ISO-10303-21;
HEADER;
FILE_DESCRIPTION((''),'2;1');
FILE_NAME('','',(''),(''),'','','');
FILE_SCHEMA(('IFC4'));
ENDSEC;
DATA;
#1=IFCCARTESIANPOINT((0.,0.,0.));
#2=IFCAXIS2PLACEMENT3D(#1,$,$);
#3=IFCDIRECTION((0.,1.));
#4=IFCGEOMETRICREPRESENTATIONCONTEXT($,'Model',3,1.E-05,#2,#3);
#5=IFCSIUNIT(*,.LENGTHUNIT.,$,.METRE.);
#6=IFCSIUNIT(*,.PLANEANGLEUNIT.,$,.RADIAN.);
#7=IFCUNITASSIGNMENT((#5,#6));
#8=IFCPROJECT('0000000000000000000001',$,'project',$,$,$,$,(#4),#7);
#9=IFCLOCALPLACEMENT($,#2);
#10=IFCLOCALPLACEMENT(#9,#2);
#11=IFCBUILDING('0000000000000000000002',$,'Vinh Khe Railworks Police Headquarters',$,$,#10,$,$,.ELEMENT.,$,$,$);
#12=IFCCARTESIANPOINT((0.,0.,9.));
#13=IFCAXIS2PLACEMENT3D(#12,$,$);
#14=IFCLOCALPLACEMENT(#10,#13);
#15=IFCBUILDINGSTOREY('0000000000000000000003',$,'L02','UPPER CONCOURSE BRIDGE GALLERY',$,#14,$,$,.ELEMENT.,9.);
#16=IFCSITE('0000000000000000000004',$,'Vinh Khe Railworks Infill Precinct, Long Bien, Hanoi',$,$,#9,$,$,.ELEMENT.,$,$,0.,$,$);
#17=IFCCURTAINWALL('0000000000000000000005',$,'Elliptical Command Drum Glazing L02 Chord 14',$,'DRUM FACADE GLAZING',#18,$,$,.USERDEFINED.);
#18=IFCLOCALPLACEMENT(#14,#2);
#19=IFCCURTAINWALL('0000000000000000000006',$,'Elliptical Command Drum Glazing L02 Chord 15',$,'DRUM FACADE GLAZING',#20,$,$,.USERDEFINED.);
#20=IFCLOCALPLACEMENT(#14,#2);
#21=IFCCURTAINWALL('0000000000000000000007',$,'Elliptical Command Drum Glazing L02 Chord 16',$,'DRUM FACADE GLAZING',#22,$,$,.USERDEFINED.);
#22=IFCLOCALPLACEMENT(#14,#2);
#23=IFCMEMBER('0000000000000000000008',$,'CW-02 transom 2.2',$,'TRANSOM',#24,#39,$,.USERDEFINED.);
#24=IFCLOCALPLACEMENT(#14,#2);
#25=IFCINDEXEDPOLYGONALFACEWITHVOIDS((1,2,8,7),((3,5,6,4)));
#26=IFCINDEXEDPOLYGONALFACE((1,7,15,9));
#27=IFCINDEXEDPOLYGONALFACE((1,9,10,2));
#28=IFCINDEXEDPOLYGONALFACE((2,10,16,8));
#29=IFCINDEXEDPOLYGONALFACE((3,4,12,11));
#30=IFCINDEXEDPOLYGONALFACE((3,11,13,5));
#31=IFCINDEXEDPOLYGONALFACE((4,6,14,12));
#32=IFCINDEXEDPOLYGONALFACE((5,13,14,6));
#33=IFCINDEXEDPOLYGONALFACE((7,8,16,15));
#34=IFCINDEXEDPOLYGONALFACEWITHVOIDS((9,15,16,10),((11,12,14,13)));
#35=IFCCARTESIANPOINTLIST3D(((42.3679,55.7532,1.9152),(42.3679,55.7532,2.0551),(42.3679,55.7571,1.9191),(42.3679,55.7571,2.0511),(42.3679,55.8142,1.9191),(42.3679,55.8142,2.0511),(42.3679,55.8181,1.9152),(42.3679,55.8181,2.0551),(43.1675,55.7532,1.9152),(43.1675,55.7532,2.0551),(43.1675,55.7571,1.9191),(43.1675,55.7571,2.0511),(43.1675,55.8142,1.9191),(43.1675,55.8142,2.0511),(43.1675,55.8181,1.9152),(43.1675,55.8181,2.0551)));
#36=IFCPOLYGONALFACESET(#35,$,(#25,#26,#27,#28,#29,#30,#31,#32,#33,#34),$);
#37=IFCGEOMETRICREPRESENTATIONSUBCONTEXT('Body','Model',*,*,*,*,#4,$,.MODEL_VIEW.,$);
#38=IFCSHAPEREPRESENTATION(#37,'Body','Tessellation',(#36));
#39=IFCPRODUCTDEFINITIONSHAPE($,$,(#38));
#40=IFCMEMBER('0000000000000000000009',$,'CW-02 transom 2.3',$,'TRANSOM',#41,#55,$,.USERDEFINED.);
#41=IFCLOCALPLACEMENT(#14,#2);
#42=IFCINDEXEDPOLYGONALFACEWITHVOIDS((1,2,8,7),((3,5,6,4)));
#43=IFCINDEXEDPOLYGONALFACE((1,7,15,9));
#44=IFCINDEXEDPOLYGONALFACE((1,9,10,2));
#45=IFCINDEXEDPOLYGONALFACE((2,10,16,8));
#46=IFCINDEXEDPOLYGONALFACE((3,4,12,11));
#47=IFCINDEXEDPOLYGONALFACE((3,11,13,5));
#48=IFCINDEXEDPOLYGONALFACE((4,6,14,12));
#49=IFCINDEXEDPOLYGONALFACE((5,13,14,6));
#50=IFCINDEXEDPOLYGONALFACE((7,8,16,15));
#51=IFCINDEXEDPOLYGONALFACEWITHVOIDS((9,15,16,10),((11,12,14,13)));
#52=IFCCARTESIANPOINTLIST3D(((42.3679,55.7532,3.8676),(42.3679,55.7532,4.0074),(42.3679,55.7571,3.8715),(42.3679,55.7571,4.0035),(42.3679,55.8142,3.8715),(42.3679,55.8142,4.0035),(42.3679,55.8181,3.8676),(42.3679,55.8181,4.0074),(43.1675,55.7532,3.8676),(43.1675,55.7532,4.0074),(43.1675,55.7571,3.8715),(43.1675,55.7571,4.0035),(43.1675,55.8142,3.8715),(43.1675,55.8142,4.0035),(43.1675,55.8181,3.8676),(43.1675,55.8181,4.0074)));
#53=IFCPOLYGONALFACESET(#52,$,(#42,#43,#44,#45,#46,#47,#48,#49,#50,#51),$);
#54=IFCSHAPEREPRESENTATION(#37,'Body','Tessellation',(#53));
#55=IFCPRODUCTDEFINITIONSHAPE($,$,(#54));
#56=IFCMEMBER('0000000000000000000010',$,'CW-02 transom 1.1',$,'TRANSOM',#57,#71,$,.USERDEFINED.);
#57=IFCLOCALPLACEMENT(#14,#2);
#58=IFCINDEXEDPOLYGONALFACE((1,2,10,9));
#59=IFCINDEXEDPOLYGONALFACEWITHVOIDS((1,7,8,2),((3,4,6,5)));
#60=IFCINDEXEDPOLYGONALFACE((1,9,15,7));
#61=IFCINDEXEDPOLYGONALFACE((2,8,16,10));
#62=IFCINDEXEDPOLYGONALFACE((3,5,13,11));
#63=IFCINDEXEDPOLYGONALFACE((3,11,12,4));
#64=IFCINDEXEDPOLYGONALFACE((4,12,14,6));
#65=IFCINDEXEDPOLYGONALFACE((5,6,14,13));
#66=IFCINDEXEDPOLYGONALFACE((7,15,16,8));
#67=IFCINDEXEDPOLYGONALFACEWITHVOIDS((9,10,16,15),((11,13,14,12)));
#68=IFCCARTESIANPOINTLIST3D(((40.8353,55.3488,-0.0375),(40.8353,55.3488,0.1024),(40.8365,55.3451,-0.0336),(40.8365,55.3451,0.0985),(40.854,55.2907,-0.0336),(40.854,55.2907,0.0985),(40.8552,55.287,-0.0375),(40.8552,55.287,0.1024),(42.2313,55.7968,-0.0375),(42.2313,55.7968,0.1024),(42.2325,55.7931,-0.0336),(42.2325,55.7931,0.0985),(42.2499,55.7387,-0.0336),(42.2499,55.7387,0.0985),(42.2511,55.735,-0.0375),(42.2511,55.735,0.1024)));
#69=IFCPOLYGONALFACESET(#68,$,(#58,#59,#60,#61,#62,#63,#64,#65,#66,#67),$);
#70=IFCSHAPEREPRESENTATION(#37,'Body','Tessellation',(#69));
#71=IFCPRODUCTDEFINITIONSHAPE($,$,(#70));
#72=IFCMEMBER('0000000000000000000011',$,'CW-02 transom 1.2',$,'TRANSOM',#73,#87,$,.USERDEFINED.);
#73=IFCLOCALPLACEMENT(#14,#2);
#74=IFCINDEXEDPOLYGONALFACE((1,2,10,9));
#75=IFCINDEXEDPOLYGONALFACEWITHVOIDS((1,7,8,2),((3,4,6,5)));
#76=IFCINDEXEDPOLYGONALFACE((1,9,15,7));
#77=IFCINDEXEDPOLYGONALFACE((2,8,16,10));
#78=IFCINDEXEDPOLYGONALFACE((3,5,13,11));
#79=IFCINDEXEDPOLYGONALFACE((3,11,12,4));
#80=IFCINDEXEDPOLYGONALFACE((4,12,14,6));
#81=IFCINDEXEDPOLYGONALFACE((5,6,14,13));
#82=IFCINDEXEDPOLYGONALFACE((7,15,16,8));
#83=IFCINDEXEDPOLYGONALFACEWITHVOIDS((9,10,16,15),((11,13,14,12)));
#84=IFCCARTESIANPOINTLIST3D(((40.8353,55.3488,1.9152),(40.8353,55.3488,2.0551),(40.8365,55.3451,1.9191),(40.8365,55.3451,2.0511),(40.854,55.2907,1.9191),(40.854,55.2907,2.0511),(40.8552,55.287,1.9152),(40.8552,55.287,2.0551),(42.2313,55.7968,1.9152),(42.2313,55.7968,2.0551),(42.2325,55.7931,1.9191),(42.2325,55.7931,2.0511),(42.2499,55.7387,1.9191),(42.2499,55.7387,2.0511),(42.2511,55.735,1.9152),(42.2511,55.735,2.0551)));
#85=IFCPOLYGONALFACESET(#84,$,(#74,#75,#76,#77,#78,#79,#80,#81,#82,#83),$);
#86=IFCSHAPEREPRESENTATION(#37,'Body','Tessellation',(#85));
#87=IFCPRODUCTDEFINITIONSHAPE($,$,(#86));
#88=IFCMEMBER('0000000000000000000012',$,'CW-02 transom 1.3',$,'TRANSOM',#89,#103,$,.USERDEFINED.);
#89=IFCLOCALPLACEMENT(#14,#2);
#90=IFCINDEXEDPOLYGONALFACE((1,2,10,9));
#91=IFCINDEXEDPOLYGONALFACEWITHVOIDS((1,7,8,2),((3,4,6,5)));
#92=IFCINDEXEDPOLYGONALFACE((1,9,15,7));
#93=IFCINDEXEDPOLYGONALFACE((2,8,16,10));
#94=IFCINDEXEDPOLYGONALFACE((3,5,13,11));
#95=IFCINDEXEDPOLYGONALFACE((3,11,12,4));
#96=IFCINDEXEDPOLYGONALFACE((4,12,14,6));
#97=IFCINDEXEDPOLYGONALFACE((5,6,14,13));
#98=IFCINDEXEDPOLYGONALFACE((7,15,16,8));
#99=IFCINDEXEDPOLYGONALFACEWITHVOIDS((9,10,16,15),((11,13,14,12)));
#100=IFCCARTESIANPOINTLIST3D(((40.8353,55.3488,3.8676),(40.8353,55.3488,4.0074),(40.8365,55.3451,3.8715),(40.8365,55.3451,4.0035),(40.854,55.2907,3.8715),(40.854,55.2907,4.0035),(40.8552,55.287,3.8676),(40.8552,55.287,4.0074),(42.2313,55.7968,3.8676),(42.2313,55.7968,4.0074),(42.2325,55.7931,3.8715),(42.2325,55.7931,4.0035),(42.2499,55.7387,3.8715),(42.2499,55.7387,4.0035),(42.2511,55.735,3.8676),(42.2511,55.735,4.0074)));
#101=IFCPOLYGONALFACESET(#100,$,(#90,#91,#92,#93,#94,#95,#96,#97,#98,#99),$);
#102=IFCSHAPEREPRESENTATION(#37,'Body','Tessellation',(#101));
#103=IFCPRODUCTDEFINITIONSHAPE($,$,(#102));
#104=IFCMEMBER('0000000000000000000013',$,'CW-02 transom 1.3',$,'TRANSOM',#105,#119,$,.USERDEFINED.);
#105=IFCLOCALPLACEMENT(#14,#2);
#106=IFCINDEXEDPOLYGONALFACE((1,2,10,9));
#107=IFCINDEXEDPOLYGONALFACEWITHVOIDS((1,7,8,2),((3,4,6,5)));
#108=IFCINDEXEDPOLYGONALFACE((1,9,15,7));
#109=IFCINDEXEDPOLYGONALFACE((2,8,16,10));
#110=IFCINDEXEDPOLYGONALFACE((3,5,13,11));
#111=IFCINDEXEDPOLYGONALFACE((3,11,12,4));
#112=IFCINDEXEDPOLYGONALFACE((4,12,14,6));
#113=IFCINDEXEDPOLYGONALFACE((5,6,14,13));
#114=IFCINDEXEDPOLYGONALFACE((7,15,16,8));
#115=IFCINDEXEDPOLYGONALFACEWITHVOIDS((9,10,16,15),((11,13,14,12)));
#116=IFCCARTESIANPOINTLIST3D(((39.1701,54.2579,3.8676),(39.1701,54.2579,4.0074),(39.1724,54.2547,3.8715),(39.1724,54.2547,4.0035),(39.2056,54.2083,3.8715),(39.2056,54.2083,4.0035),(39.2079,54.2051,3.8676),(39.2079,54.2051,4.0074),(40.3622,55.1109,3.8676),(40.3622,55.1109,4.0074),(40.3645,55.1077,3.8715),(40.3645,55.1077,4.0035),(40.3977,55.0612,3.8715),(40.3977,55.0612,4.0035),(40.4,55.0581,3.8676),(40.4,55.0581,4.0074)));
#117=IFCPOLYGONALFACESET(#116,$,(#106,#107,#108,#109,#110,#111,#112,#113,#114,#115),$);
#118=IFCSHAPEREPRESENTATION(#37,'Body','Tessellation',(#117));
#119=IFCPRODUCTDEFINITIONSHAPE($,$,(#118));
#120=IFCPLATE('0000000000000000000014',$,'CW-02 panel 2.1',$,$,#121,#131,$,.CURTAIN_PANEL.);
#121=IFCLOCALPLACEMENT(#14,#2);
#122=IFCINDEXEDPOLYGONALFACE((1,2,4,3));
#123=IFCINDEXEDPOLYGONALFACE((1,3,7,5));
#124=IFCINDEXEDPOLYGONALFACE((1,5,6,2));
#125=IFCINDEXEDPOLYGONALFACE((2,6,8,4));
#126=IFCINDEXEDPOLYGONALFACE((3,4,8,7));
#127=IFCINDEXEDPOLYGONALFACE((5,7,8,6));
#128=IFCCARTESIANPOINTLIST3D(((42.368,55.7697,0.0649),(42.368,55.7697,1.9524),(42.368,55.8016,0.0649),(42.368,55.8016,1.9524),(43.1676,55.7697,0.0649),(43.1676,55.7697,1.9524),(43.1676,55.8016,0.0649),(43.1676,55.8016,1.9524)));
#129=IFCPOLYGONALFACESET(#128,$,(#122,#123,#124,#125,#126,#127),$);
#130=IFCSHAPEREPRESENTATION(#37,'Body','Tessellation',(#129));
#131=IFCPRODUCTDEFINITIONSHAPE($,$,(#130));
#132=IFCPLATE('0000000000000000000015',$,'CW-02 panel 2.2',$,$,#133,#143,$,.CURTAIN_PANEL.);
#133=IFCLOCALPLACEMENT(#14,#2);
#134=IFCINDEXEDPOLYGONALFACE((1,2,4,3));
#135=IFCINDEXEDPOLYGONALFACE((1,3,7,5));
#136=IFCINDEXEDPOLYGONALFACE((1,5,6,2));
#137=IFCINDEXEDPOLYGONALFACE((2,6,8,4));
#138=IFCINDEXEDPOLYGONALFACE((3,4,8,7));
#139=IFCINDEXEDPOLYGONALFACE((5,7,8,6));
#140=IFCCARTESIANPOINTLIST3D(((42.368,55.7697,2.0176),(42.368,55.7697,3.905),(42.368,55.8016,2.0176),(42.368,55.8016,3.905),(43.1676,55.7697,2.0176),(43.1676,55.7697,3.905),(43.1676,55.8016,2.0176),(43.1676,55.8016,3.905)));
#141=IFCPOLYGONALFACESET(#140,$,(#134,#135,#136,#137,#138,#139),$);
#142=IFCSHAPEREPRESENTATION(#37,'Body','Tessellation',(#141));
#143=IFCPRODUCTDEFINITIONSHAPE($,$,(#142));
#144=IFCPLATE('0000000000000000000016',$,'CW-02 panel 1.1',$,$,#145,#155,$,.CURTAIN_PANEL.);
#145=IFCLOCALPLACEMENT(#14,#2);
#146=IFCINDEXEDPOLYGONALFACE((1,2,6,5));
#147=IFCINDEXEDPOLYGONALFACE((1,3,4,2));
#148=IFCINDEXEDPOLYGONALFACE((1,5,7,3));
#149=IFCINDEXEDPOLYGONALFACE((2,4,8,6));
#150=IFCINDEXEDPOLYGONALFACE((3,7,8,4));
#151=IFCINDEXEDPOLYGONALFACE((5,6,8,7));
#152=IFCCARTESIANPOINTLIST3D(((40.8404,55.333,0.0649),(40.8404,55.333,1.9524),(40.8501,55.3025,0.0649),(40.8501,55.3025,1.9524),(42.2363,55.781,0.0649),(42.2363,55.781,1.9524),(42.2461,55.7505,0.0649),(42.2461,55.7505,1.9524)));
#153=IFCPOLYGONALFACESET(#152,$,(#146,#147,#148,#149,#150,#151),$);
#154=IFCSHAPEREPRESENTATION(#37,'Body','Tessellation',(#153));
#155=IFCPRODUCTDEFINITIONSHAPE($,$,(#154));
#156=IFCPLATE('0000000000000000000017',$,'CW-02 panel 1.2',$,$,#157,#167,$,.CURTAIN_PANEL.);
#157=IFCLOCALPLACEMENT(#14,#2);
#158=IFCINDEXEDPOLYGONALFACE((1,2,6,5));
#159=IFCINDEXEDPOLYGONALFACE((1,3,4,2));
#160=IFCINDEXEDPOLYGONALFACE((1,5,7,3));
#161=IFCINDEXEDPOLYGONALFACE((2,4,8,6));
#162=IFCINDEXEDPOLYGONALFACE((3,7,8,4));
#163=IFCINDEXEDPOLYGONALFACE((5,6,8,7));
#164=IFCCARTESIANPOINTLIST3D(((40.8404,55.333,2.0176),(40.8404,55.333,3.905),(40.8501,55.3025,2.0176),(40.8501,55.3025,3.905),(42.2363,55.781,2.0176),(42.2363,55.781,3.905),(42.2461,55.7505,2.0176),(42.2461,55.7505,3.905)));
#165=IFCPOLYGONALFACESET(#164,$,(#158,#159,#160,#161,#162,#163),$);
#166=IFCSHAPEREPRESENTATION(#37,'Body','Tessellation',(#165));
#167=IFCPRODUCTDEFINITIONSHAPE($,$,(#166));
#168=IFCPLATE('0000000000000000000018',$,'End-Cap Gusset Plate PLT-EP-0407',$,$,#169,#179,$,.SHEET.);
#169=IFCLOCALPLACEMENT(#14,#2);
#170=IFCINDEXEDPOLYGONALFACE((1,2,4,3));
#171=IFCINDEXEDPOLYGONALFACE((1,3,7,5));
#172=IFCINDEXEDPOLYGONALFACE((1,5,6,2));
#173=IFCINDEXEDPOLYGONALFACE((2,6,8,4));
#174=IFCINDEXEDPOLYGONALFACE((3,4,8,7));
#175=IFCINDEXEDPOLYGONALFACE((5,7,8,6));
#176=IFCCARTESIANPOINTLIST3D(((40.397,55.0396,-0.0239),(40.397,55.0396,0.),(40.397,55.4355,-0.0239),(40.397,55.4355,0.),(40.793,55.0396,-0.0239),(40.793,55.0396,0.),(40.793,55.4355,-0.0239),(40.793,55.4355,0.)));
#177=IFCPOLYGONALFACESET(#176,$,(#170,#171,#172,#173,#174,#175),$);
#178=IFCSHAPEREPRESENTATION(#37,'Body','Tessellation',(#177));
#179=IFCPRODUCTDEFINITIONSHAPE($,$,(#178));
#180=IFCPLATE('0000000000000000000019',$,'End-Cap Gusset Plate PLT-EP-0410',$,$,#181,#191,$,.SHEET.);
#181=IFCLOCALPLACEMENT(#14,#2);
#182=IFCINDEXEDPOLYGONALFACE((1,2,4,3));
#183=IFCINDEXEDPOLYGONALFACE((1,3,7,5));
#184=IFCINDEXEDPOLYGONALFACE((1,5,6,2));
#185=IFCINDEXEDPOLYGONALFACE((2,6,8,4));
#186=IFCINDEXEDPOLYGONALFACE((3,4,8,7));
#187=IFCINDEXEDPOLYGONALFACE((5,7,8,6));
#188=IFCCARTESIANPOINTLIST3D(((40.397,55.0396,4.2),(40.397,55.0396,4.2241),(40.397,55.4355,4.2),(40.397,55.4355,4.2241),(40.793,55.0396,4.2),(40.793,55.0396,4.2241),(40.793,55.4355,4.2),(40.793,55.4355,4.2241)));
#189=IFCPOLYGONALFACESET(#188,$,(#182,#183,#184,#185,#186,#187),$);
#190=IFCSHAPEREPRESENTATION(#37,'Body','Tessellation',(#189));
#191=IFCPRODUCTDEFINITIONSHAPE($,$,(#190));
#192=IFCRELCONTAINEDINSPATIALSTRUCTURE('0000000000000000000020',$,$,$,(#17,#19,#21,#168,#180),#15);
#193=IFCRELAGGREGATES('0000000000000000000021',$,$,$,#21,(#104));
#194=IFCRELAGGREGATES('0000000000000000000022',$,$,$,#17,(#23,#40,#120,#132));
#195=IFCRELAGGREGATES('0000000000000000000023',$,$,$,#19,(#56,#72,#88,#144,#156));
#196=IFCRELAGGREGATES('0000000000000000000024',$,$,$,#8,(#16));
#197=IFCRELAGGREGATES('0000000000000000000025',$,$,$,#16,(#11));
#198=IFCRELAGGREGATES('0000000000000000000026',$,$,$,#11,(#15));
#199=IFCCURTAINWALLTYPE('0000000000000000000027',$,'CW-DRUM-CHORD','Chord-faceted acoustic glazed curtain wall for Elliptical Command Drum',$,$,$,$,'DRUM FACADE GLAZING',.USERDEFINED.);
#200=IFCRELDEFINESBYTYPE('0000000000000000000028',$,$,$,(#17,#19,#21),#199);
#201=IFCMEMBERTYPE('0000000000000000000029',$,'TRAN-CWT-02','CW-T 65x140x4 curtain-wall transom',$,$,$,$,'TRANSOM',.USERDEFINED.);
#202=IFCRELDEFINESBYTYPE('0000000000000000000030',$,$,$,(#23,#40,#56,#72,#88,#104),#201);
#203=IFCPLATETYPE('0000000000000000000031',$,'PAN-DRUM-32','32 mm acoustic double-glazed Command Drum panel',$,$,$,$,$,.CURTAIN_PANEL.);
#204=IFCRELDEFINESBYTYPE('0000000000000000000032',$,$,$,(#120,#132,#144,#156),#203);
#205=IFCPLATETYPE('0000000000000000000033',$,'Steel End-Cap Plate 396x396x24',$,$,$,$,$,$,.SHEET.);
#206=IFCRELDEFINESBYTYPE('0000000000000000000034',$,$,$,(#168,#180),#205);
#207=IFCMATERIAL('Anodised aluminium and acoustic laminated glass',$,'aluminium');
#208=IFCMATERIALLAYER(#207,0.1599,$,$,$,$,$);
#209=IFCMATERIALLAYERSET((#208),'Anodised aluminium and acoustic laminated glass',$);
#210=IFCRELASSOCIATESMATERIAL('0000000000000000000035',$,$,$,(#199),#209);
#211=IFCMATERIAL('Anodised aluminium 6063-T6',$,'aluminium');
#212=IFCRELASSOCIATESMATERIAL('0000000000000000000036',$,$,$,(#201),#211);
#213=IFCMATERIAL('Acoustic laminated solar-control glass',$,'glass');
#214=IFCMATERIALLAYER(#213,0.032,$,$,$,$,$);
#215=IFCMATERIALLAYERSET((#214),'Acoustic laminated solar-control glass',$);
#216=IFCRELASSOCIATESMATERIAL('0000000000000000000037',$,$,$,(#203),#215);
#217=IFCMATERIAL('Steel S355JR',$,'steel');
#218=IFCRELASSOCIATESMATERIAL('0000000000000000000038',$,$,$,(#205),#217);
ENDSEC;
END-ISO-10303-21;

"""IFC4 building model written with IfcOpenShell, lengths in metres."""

from ifc_helpers import new_model, si_unit, direction, frame, origin, origin_2d, place, context, subcontext, project, spatial, rectangle, hollow_rectangle, extrude, material, layer, layer_set, material_profile, profile_set, type_object, element, aggregate, save


model = new_model("IFC4")

# Units and contexts
model_context = context("Model", 3, precision=1e-05, world=origin(), true_north=direction((0.0, 1.0)))
body_context = subcontext(model_context, "Body", "Model", "MODEL_VIEW")
ifc_project = project(units=[si_unit("LENGTHUNIT", "METRE"), si_unit("PLANEANGLEUNIT", "RADIAN")], contexts=[model_context])

# Site, building, storey
site_placement = place(None, origin())
site = spatial("IfcSite", under=ifc_project, at=site_placement, Name="Vinh Khe Railworks Infill Precinct, Long Bien, Hanoi", CompositionType="ELEMENT", RefElevation=0.0)
building_placement = place(site_placement, origin())
building = spatial("IfcBuilding", under=site, at=building_placement, Name="Vinh Khe Railworks Police Headquarters", CompositionType="ELEMENT")
storey_placement = place(building_placement, frame((0.0, 0.0, 9.0)))
storey = spatial("IfcBuildingStorey", under=building, at=storey_placement, Name="L02", Description="UPPER CONCOURSE BRIDGE GALLERY", CompositionType="ELEMENT", Elevation=9.0)

# Shared definitions
ifc_material_1 = material(Name="Steel S355JR", Category="steel")

# Curtain wall
ifc_material_2 = material(Name="Anodised aluminium and acoustic laminated glass", Category="aluminium")
ifc_layer_1 = layer(ifc_material_2, 0.1599)
ifc_layer_set_1 = layer_set([ifc_layer_1], Name="Anodised aluminium and acoustic laminated glass")
curtain_wall_type = type_object("IfcCurtainWallType", Name="CW-DRUM-CHORD", Description="Chord-faceted acoustic glazed curtain wall for Elliptical Command Drum", ElementType="DRUM FACADE GLAZING", PredefinedType="USERDEFINED", material=ifc_layer_set_1)
curtain_wall_1_placement = place(storey_placement, origin())
curtain_wall_1 = element("IfcCurtainWall", 1, at=curtain_wall_1_placement, inside=storey, type_object=curtain_wall_type, Name="Elliptical Command Drum Glazing L02 Chord 14", ObjectType="DRUM FACADE GLAZING", PredefinedType="USERDEFINED")
ifc_material_3 = material(Name="Anodised aluminium 6063-T6", Category="aluminium")

# Curtain wall
curtain_wall_2_placement = place(storey_placement, origin())
curtain_wall_2 = element("IfcCurtainWall", 2, at=curtain_wall_2_placement, inside=storey, type_object=curtain_wall_type, Name="Elliptical Command Drum Glazing L02 Chord 15", ObjectType="DRUM FACADE GLAZING", PredefinedType="USERDEFINED")

# Curtain wall
curtain_wall_3_placement = place(storey_placement, origin())
curtain_wall_3 = element("IfcCurtainWall", 3, at=curtain_wall_3_placement, inside=storey, type_object=curtain_wall_type, Name="Elliptical Command Drum Glazing L02 Chord 16", ObjectType="DRUM FACADE GLAZING", PredefinedType="USERDEFINED")

# Members
ifc_material_profile_1 = material_profile(ifc_material_3, hollow_rectangle(XDim=0.0649, YDim=0.1399, WallThickness=0.0039, at=origin_2d()), Name="CW-T 65x140x4")
ifc_profile_set_1 = profile_set([ifc_material_profile_1], Name="Anodised aluminium 6063-T6")
member_type_1 = type_object("IfcMemberType", Name="TRAN-CWT-02", Description="CW-T 65x140x4 curtain-wall transom", ElementType="TRANSOM", PredefinedType="USERDEFINED", material=ifc_profile_set_1)
member_1_placement = place(storey_placement, frame((43.1675, 55.7856, 1.9851), z_axis=(-1.0, 0.0, 0.0), x_axis=(0.0, -1.0, 0.0)))
member_1 = element("IfcMember", 4, at=member_1_placement, type_object=member_type_1, Name="CW-02 transom 2.2", ObjectType="TRANSOM", PredefinedType="USERDEFINED", context=body_context, shape_type="SweptSolid", body=[
    extrude(hollow_rectangle(XDim=0.0649, YDim=0.1399, WallThickness=0.0039, at=origin_2d()), origin(), (0.0, 0.0, 1.0), 0.7996),
])
member_2_placement = place(storey_placement, frame((43.1675, 55.7856, 3.9375), z_axis=(-1.0, 0.0, 0.0), x_axis=(0.0, -1.0, 0.0)))
member_2 = element("IfcMember", 5, at=member_2_placement, type_object=member_type_1, Name="CW-02 transom 2.3", ObjectType="TRANSOM", PredefinedType="USERDEFINED", context=body_context, shape_type="SweptSolid", body=[
    extrude(hollow_rectangle(XDim=0.0649, YDim=0.1399, WallThickness=0.0039, at=origin_2d()), origin(), (0.0, 0.0, 1.0), 0.7996),
])
member_3_placement = place(storey_placement, frame((42.2412, 55.7659, 0.0325), z_axis=(-0.952171, -0.305567, 0.0), x_axis=(0.305567, -0.952171, 0.0)))
member_3 = element("IfcMember", 6, at=member_3_placement, type_object=member_type_1, Name="CW-02 transom 1.1", ObjectType="TRANSOM", PredefinedType="USERDEFINED", context=body_context, shape_type="SweptSolid", body=[
    extrude(hollow_rectangle(XDim=0.0649, YDim=0.1399, WallThickness=0.0039, at=origin_2d()), origin(), (0.0, 0.0, 1.0), 1.4661),
])
member_4_placement = place(storey_placement, frame((42.2412, 55.7659, 1.9851), z_axis=(-0.952171, -0.305567, 0.0), x_axis=(0.305567, -0.952171, 0.0)))
member_4 = element("IfcMember", 7, at=member_4_placement, type_object=member_type_1, Name="CW-02 transom 1.2", ObjectType="TRANSOM", PredefinedType="USERDEFINED", context=body_context, shape_type="SweptSolid", body=[
    extrude(hollow_rectangle(XDim=0.0649, YDim=0.1399, WallThickness=0.0039, at=origin_2d()), origin(), (0.0, 0.0, 1.0), 1.4661),
])
member_5_placement = place(storey_placement, frame((42.2412, 55.7659, 3.9375), z_axis=(-0.952171, -0.305567, 0.0), x_axis=(0.305567, -0.952171, 0.0)))
member_5 = element("IfcMember", 8, at=member_5_placement, type_object=member_type_1, Name="CW-02 transom 1.3", ObjectType="TRANSOM", PredefinedType="USERDEFINED", context=body_context, shape_type="SweptSolid", body=[
    extrude(hollow_rectangle(XDim=0.0649, YDim=0.1399, WallThickness=0.0039, at=origin_2d()), origin(), (0.0, 0.0, 1.0), 1.4661),
])
member_6_placement = place(storey_placement, frame((40.3811, 55.0845, 3.9375), z_axis=(-0.813249, -0.581915, 0.0), x_axis=(0.581915, -0.813249, 0.0)))
member_6 = element("IfcMember", 9, at=member_6_placement, type_object=member_type_1, Name="CW-02 transom 1.3", ObjectType="TRANSOM", PredefinedType="USERDEFINED", context=body_context, shape_type="SweptSolid", body=[
    extrude(hollow_rectangle(XDim=0.0649, YDim=0.1399, WallThickness=0.0039, at=origin_2d()), origin(), (0.0, 0.0, 1.0), 1.4658),
])
aggregate(curtain_wall_3, [member_6])

# Plates
ifc_material_4 = material(Name="Acoustic laminated solar-control glass", Category="glass")
ifc_layer_2 = layer(ifc_material_4, 0.032)
ifc_layer_set_2 = layer_set([ifc_layer_2], Name="Acoustic laminated solar-control glass")
plate_type_1 = type_object("IfcPlateType", Name="PAN-DRUM-32", Description="32 mm acoustic double-glazed Command Drum panel", PredefinedType="CURTAIN_PANEL", material=ifc_layer_set_2)
plate_1_placement = place(storey_placement, frame((42.7678, 55.7856, 0.0649), z_axis=(0.0, 0.0, 1.0), x_axis=(-1.0, 0.0, 0.0)))
plate_1 = element("IfcPlate", 10, at=plate_1_placement, type_object=plate_type_1, Name="CW-02 panel 2.1", PredefinedType="CURTAIN_PANEL", context=body_context, shape_type="SweptSolid", body=[
    extrude(rectangle(XDim=0.7996, YDim=0.032, at=origin_2d()), origin(), (0.0, 0.0, 1.0), 1.8875),
])
plate_2_placement = place(storey_placement, frame((42.7678, 55.7856, 2.0176), z_axis=(0.0, 0.0, 1.0), x_axis=(-1.0, 0.0, 0.0)))
plate_2 = element("IfcPlate", 11, at=plate_2_placement, type_object=plate_type_1, Name="CW-02 panel 2.2", PredefinedType="CURTAIN_PANEL", context=body_context, shape_type="SweptSolid", body=[
    extrude(rectangle(XDim=0.7996, YDim=0.032, at=origin_2d()), origin(), (0.0, 0.0, 1.0), 1.8875),
])
aggregate(curtain_wall_1, [member_1, member_2, plate_1, plate_2])
plate_3_placement = place(storey_placement, frame((41.5432, 55.5417, 0.0649), z_axis=(0.0, 0.0, 1.0), x_axis=(-0.952168, -0.305575, 0.0)))
plate_3 = element("IfcPlate", 12, at=plate_3_placement, type_object=plate_type_1, Name="CW-02 panel 1.1", PredefinedType="CURTAIN_PANEL", context=body_context, shape_type="SweptSolid", body=[
    extrude(rectangle(XDim=1.4661, YDim=0.032, at=origin_2d()), origin(), (0.0, 0.0, 1.0), 1.8875),
])
plate_4_placement = place(storey_placement, frame((41.5432, 55.5417, 2.0176), z_axis=(0.0, 0.0, 1.0), x_axis=(-0.952168, -0.305575, 0.0)))
plate_4 = element("IfcPlate", 13, at=plate_4_placement, type_object=plate_type_1, Name="CW-02 panel 1.2", PredefinedType="CURTAIN_PANEL", context=body_context, shape_type="SweptSolid", body=[
    extrude(rectangle(XDim=1.4661, YDim=0.032, at=origin_2d()), origin(), (0.0, 0.0, 1.0), 1.8875),
])
aggregate(curtain_wall_2, [member_3, member_4, member_5, plate_3, plate_4])

# Plates
ifc_material_profile_2 = material_profile(ifc_material_1, rectangle(XDim=0.396, YDim=0.396, at=origin_2d()), Name="PL 396x396")
ifc_profile_set_2 = profile_set([ifc_material_profile_2], Name="Steel S355JR")
plate_type_2 = type_object("IfcPlateType", Name="Steel End-Cap Plate 396x396x24", PredefinedType="SHEET", material=ifc_profile_set_2)
plate_5_placement = place(storey_placement, frame((40.595, 55.2375, 0.0), z_axis=(0.0, 0.0, -1.0), x_axis=(1.0, 0.0, 0.0)))
element("IfcPlate", 14, at=plate_5_placement, inside=storey, type_object=plate_type_2, Name="End-Cap Gusset Plate PLT-EP-0407", PredefinedType="SHEET", context=body_context, shape_type="SweptSolid", body=[
    extrude(rectangle(XDim=0.396, YDim=0.396, at=origin_2d()), origin(), (0.0, 0.0, 1.0), 0.0239),
])
plate_6_placement = place(storey_placement, frame((40.595, 55.2375, 4.2), z_axis=(0.0, 0.0, 1.0), x_axis=(1.0, 0.0, 0.0)))
element("IfcPlate", 15, at=plate_6_placement, inside=storey, type_object=plate_type_2, Name="End-Cap Gusset Plate PLT-EP-0410", PredefinedType="SHEET", context=body_context, shape_type="SweptSolid", body=[
    extrude(rectangle(XDim=0.396, YDim=0.396, at=origin_2d()), origin(), (0.0, 0.0, 1.0), 0.0242),
])

save(model, "model.ifc")
